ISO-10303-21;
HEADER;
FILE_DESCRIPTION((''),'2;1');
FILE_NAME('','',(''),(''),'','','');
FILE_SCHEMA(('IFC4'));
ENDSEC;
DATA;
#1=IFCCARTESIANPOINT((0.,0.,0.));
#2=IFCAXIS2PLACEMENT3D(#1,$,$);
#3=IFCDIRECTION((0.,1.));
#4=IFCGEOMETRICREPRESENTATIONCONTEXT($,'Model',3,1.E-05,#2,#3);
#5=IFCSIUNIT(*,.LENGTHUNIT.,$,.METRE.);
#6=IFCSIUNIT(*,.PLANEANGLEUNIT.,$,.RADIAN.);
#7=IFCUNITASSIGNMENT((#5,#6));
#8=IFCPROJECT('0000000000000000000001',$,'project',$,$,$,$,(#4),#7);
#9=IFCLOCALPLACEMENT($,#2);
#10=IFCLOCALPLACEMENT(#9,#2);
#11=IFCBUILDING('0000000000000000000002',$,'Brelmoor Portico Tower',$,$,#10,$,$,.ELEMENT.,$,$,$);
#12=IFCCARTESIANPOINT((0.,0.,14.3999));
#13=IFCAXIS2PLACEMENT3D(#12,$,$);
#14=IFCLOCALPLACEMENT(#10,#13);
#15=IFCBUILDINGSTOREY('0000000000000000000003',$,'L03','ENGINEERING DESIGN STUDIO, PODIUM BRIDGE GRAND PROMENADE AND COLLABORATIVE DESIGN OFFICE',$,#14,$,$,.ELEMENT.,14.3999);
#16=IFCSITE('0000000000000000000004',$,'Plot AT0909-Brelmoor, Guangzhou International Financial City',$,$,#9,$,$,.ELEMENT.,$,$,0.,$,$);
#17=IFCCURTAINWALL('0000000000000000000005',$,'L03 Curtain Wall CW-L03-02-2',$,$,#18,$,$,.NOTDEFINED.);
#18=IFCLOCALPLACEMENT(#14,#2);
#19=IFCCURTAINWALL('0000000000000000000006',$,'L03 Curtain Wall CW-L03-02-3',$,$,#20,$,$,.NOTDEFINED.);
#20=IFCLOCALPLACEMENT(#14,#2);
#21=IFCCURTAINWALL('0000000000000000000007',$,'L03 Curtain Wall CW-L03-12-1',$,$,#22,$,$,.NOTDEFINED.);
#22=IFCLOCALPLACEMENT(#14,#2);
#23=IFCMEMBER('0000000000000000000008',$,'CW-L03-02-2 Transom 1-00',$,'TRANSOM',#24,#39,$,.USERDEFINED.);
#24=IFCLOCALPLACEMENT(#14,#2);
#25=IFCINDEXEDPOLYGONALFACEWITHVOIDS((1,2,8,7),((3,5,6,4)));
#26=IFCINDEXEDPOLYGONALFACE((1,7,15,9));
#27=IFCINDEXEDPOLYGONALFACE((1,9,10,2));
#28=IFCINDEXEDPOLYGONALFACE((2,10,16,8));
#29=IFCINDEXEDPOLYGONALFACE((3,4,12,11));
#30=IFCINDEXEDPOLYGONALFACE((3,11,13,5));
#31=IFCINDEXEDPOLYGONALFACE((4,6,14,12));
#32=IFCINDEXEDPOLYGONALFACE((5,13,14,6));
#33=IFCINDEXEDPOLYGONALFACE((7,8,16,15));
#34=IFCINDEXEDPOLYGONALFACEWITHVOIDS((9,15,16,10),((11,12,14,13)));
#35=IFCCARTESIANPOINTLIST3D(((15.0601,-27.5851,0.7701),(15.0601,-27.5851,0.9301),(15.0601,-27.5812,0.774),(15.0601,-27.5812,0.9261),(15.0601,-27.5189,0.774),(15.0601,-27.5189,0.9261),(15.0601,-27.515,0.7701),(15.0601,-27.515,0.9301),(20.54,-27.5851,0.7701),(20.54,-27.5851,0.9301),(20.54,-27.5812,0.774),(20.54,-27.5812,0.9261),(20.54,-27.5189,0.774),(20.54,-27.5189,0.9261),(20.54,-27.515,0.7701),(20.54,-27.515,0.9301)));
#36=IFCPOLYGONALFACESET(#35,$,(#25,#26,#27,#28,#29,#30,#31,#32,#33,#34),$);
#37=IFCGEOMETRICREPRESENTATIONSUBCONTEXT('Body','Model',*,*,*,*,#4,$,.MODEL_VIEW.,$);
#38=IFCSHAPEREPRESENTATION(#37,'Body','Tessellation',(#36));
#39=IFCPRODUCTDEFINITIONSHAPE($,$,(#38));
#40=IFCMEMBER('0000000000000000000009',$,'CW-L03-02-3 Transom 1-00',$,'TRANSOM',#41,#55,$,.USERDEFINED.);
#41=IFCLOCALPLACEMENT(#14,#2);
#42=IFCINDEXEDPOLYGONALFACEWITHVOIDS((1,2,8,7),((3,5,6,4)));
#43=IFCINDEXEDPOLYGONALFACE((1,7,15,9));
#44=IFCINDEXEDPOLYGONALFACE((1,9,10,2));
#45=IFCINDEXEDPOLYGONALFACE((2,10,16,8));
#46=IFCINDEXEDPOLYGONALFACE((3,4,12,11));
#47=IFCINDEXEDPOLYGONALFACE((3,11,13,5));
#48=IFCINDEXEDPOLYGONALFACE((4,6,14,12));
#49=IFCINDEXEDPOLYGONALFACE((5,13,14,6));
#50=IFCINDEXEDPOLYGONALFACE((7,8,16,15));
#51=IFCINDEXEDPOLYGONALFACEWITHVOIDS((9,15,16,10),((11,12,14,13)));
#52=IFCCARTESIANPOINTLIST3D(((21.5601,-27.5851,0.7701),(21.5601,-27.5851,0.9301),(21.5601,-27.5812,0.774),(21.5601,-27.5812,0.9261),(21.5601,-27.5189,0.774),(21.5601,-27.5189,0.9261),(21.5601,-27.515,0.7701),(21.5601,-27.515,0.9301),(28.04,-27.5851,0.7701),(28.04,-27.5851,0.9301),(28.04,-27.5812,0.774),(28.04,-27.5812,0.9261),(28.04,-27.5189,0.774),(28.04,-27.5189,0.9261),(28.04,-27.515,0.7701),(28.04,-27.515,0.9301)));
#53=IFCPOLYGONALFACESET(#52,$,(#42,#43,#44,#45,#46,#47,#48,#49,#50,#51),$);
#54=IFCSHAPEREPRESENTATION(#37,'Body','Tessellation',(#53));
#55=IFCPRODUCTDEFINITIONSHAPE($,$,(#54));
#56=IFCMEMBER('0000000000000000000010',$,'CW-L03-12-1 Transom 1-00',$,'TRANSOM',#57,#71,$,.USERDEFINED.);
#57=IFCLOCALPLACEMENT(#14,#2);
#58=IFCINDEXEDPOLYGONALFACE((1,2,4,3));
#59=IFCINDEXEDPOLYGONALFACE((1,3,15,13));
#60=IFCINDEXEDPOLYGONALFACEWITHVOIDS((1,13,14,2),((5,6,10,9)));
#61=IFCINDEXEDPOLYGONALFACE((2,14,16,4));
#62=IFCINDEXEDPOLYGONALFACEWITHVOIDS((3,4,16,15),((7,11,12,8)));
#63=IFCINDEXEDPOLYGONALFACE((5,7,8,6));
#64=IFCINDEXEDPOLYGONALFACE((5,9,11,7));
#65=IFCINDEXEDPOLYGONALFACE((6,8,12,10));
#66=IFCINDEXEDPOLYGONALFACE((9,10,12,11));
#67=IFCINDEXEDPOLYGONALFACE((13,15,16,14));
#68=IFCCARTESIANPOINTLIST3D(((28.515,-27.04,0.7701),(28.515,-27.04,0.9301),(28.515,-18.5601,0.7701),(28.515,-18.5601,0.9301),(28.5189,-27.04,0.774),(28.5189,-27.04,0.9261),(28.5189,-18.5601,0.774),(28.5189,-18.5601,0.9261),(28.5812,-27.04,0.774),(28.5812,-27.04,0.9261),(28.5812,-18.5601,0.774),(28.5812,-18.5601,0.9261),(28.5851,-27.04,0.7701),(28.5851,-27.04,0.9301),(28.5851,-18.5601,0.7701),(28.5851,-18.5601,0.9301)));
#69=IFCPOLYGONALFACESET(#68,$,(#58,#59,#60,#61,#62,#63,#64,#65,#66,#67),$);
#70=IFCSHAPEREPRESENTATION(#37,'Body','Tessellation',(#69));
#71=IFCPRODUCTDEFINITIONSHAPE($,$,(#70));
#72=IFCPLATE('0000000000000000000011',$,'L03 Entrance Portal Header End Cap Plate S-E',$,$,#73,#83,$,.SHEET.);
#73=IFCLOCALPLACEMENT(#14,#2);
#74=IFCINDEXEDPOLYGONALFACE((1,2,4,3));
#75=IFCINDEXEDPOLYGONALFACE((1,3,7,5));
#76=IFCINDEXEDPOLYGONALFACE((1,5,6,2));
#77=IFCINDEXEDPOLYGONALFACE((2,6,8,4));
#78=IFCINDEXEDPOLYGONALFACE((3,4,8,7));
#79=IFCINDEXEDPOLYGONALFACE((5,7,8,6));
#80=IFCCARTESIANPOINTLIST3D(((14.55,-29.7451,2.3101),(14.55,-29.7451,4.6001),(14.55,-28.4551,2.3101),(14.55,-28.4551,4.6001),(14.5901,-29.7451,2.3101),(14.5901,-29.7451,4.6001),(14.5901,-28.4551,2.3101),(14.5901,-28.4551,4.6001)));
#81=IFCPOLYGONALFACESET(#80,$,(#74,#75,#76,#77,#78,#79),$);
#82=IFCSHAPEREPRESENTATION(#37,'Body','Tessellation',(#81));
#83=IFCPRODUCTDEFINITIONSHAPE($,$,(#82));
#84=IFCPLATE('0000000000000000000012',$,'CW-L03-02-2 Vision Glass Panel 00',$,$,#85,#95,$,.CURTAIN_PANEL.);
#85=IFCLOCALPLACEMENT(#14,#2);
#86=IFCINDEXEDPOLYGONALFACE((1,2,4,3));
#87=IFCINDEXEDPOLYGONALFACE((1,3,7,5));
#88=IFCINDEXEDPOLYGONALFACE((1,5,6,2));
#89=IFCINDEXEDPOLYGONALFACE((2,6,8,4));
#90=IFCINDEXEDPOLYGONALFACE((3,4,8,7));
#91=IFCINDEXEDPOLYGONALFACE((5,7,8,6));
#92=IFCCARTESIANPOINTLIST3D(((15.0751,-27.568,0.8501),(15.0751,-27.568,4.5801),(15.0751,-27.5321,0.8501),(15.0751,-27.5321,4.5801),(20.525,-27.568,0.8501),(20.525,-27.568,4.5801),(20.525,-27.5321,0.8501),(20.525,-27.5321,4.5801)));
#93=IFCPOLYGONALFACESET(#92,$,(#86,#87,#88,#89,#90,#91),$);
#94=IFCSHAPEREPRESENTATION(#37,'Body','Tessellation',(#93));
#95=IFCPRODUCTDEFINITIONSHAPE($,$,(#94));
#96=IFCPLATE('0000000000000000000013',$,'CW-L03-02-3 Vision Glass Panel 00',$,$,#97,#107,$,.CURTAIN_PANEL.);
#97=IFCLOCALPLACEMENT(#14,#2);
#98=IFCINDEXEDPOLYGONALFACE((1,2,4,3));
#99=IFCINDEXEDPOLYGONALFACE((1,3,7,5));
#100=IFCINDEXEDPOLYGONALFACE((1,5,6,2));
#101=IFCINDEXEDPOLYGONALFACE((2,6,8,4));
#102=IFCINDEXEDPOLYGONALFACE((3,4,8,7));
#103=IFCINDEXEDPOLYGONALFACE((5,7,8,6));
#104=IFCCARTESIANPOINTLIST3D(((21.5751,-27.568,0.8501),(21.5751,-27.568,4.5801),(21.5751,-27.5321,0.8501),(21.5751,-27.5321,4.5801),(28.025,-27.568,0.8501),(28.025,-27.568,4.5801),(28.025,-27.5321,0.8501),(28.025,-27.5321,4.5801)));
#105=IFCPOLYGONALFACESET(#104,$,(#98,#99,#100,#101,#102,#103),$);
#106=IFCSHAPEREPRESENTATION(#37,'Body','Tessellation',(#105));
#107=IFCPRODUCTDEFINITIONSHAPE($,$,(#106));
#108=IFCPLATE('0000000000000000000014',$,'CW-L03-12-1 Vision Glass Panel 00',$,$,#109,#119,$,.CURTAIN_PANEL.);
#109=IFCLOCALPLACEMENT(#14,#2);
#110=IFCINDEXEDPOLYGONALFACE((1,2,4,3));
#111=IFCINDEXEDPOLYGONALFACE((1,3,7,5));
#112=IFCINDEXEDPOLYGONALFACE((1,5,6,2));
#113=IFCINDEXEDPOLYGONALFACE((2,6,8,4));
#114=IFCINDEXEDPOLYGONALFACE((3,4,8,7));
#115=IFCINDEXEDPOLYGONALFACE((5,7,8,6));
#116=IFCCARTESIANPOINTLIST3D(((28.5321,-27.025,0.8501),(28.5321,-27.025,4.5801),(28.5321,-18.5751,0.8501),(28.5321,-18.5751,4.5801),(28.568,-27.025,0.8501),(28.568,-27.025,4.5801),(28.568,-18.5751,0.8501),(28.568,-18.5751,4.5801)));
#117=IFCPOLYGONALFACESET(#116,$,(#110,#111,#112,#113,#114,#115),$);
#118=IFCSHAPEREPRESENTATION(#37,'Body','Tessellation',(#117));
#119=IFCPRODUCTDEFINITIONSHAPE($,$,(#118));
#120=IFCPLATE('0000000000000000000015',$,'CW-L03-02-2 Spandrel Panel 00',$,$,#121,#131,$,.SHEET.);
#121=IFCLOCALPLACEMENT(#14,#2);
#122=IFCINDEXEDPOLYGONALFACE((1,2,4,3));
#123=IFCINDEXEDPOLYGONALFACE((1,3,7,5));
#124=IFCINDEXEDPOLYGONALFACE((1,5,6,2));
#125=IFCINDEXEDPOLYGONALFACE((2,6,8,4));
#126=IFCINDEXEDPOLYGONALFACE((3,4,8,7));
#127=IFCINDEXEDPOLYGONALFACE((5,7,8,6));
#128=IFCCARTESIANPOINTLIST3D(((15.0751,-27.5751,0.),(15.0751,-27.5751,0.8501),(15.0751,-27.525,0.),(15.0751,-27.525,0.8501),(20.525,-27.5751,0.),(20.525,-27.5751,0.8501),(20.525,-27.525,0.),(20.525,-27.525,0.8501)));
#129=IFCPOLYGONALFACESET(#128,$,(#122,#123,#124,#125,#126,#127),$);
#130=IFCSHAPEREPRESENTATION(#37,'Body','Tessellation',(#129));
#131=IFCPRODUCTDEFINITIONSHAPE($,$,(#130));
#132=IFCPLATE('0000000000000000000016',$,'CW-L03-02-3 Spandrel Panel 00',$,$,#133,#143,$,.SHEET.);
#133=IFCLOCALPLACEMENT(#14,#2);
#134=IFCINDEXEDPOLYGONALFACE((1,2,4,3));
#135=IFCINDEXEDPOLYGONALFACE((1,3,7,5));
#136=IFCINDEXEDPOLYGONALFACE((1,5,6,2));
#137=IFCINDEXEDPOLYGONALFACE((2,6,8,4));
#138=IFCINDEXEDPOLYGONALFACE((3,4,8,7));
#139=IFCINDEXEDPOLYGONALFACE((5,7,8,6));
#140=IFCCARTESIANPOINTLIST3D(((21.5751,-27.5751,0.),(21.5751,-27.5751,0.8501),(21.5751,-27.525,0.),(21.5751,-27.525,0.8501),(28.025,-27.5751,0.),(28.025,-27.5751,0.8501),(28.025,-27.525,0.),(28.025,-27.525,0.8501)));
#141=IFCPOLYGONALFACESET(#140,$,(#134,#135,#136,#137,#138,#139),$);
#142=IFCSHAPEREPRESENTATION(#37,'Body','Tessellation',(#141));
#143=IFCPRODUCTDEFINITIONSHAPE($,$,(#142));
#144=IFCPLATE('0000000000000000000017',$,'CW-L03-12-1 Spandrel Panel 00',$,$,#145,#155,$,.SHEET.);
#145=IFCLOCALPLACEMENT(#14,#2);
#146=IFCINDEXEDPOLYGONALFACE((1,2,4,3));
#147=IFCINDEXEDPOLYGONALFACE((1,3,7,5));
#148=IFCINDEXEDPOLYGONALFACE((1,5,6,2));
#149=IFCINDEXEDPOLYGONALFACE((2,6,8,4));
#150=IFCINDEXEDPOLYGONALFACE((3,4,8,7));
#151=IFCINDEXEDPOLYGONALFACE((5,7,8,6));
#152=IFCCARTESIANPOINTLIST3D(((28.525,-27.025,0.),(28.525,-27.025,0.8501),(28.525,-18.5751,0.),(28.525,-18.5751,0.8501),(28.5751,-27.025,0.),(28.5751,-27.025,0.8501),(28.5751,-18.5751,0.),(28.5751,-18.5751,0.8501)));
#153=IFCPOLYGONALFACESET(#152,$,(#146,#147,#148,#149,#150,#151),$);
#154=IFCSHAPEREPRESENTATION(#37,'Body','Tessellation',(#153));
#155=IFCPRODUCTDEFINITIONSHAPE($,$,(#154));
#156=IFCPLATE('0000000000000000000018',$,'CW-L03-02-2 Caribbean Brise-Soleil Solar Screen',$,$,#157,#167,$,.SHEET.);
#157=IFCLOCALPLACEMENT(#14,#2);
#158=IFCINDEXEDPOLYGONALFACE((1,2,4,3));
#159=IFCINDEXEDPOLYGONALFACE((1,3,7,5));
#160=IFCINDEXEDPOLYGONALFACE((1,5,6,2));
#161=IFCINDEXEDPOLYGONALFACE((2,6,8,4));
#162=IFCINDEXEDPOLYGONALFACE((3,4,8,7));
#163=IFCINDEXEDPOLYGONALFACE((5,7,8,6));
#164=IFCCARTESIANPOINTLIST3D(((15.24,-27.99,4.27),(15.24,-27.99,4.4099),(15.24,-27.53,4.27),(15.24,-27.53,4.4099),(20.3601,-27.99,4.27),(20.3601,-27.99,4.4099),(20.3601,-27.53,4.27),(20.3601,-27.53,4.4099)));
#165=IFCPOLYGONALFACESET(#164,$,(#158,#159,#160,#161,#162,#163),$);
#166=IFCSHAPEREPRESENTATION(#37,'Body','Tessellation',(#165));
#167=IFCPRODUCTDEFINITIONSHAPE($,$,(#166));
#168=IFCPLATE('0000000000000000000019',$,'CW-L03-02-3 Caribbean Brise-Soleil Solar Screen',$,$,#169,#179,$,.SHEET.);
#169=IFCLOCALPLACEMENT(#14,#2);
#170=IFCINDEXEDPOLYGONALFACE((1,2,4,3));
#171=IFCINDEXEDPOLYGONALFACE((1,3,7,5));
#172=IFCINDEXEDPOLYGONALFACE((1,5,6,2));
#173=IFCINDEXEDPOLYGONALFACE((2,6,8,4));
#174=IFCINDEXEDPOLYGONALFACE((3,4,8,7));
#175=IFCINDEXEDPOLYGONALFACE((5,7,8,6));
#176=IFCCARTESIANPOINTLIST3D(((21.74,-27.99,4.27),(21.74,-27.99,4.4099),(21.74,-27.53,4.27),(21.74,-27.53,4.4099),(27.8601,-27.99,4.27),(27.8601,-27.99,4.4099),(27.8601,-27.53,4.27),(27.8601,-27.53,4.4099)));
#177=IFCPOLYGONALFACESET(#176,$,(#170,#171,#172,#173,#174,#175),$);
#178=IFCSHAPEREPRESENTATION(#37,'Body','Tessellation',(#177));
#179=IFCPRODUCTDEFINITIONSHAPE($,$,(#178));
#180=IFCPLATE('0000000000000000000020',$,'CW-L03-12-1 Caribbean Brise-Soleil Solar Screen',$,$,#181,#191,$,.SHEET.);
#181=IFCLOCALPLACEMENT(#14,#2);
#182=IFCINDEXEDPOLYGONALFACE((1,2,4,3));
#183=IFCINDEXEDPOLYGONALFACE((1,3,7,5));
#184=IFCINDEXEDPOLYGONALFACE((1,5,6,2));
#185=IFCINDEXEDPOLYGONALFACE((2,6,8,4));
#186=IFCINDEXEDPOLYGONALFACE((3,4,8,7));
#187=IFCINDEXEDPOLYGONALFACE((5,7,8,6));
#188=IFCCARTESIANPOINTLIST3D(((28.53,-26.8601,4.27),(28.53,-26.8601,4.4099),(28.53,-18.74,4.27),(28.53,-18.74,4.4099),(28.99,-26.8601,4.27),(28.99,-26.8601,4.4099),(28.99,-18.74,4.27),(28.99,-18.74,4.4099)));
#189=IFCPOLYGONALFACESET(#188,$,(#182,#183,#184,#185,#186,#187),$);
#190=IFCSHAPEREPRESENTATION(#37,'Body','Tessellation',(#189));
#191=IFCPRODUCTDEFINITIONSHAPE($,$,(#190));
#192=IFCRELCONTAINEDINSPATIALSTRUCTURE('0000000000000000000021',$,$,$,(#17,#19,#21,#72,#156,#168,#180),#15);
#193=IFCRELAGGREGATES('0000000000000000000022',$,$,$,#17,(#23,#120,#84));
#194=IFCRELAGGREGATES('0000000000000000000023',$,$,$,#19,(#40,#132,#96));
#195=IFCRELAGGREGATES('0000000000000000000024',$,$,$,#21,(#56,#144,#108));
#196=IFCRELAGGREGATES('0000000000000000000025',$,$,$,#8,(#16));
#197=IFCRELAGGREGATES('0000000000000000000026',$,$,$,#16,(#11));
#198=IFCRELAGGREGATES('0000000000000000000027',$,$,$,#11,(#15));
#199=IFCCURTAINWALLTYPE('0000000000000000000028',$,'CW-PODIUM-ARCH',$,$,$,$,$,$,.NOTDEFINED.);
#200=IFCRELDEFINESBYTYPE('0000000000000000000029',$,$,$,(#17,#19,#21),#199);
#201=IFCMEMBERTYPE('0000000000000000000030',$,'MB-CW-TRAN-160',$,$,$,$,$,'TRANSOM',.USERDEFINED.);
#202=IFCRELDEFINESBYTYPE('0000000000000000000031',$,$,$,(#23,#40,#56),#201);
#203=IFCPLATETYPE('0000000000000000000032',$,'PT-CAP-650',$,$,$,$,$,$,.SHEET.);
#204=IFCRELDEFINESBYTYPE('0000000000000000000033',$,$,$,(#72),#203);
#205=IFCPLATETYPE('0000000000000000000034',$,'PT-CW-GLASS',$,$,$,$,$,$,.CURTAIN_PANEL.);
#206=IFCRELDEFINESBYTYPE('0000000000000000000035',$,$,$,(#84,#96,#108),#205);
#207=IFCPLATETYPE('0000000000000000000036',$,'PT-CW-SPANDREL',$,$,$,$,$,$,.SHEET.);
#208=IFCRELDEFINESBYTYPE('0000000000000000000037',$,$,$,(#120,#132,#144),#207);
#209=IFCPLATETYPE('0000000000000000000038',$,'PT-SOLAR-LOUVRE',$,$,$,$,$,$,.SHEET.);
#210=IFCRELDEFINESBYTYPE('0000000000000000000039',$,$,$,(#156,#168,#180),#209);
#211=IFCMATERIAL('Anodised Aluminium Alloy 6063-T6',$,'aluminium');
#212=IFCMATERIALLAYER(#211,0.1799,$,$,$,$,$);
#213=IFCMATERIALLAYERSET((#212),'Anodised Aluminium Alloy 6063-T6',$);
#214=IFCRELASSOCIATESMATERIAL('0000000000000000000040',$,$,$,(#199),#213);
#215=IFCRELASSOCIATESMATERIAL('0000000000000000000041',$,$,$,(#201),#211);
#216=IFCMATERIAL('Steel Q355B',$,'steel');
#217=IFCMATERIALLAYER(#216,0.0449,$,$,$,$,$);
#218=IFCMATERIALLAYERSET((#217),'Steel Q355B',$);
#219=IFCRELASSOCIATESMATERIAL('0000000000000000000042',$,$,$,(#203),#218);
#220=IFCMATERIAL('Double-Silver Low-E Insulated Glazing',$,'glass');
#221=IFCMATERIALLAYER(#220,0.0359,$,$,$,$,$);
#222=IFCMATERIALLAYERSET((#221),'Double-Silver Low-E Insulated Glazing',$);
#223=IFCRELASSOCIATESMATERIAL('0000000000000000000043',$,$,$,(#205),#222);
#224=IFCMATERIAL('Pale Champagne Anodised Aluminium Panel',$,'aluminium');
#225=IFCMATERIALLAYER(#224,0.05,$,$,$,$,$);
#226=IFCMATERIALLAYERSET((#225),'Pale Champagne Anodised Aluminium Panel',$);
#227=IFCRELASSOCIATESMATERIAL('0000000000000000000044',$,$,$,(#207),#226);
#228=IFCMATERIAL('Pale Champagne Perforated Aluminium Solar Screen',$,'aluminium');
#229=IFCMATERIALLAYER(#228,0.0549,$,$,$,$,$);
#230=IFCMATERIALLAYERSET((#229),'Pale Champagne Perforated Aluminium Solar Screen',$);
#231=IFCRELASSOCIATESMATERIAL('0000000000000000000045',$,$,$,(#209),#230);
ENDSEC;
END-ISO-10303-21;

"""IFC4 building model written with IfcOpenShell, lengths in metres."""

from ifc_helpers import new_model, si_unit, direction, frame, origin, origin_2d, place, context, subcontext, project, spatial, rectangle, hollow_rectangle, extrude, material, layer, layer_set, material_profile, profile_set, type_object, element, aggregate, save


model = new_model("IFC4")

# Units and contexts
model_context = context("Model", 3, precision=1e-05, world=origin(), true_north=direction((0.0, 1.0)))
body_context = subcontext(model_context, "Body", "Model", "MODEL_VIEW")
ifc_project = project(units=[si_unit("LENGTHUNIT", "METRE"), si_unit("PLANEANGLEUNIT", "RADIAN")], contexts=[model_context])

# Site, building, storey
site_placement = place(None, origin())
site = spatial("IfcSite", under=ifc_project, at=site_placement, Name="Plot AT0909-Brelmoor, Guangzhou International Financial City", CompositionType="ELEMENT", RefElevation=0.0)
building_placement = place(site_placement, origin())
building = spatial("IfcBuilding", under=site, at=building_placement, Name="Brelmoor Portico Tower", CompositionType="ELEMENT")
storey_placement = place(building_placement, frame((0.0, 0.0, 14.3999)))
storey = spatial("IfcBuildingStorey", under=building, at=storey_placement, Name="L03", Description="ENGINEERING DESIGN STUDIO, PODIUM BRIDGE GRAND PROMENADE AND COLLABORATIVE DESIGN OFFICE", CompositionType="ELEMENT", Elevation=14.3999)

# Shared definitions
ifc_material_1 = material(Name="Steel Q355B", Category="steel")

# Curtain walls
ifc_material_2 = material(Name="Anodised Aluminium Alloy 6063-T6", Category="aluminium")
ifc_layer_1 = layer(ifc_material_2, 0.1799)
ifc_layer_set_1 = layer_set([ifc_layer_1], Name="Anodised Aluminium Alloy 6063-T6")
curtain_wall_type = type_object("IfcCurtainWallType", Name="CW-PODIUM-ARCH", PredefinedType="NOTDEFINED", material=ifc_layer_set_1)
curtain_wall_1_placement = place(storey_placement, origin())
curtain_wall_1 = element("IfcCurtainWall", 1, at=curtain_wall_1_placement, inside=storey, type_object=curtain_wall_type, Name="L03 Curtain Wall CW-L03-02-2", PredefinedType="NOTDEFINED")
curtain_wall_2_placement = place(storey_placement, origin())
curtain_wall_2 = element("IfcCurtainWall", 2, at=curtain_wall_2_placement, inside=storey, type_object=curtain_wall_type, Name="L03 Curtain Wall CW-L03-02-3", PredefinedType="NOTDEFINED")
curtain_wall_3_placement = place(storey_placement, origin())
curtain_wall_3 = element("IfcCurtainWall", 3, at=curtain_wall_3_placement, inside=storey, type_object=curtain_wall_type, Name="L03 Curtain Wall CW-L03-12-1", PredefinedType="NOTDEFINED")

# Members
ifc_material_profile_1 = material_profile(ifc_material_2, hollow_rectangle(XDim=0.0701, YDim=0.1599, WallThickness=0.0039, at=origin_2d()), Name="ALU TRANSOM 70x160")
ifc_profile_set_1 = profile_set([ifc_material_profile_1], Name="Anodised Aluminium Alloy 6063-T6")
member_type_1 = type_object("IfcMemberType", Name="MB-CW-TRAN-160", ElementType="TRANSOM", PredefinedType="USERDEFINED", material=ifc_profile_set_1)
member_1_placement = place(storey_placement, frame((15.0601, -27.55, 0.8501), z_axis=(1.0, 0.0, 0.0), x_axis=(0.0, 1.0, 0.0)))
member_1 = element("IfcMember", 4, at=member_1_placement, type_object=member_type_1, Name="CW-L03-02-2 Transom 1-00", ObjectType="TRANSOM", PredefinedType="USERDEFINED", context=body_context, shape_type="SweptSolid", body=[
    extrude(hollow_rectangle(XDim=0.0701, YDim=0.1599, WallThickness=0.0039, at=origin_2d()), origin(), (0.0, 0.0, 1.0), 5.48),
])
member_2_placement = place(storey_placement, frame((21.5601, -27.55, 0.8501), z_axis=(1.0, 0.0, 0.0), x_axis=(0.0, 1.0, 0.0)))
member_2 = element("IfcMember", 5, at=member_2_placement, type_object=member_type_1, Name="CW-L03-02-3 Transom 1-00", ObjectType="TRANSOM", PredefinedType="USERDEFINED", context=body_context, shape_type="SweptSolid", body=[
    extrude(hollow_rectangle(XDim=0.0701, YDim=0.1599, WallThickness=0.0039, at=origin_2d()), origin(), (0.0, 0.0, 1.0), 6.48),
])
member_3_placement = place(storey_placement, frame((28.55, -27.04, 0.8501), z_axis=(0.0, 1.0, 0.0), x_axis=(-1.0, 0.0, 0.0)))
member_3 = element("IfcMember", 6, at=member_3_placement, type_object=member_type_1, Name="CW-L03-12-1 Transom 1-00", ObjectType="TRANSOM", PredefinedType="USERDEFINED", context=body_context, shape_type="SweptSolid", body=[
    extrude(hollow_rectangle(XDim=0.0701, YDim=0.1599, WallThickness=0.0039, at=origin_2d()), origin(), (0.0, 0.0, 1.0), 8.48),
])

# Plates
ifc_layer_2 = layer(ifc_material_1, 0.0449)
ifc_layer_set_2 = layer_set([ifc_layer_2], Name="Steel Q355B")
plate_type_1 = type_object("IfcPlateType", Name="PT-CAP-650", PredefinedType="SHEET", material=ifc_layer_set_2)
plate_1_placement = place(storey_placement, frame((14.5701, -29.1001, 2.3101), z_axis=(0.0, 0.0, 1.0), x_axis=(1.0, 0.0, 0.0)))
element("IfcPlate", 7, at=plate_1_placement, inside=storey, type_object=plate_type_1, Name="L03 Entrance Portal Header End Cap Plate S-E", PredefinedType="SHEET", context=body_context, shape_type="SweptSolid", body=[
    extrude(rectangle(XDim=0.04, YDim=1.29, at=origin_2d()), origin(), (0.0, 0.0, 1.0), 2.29),
])
ifc_material_3 = material(Name="Double-Silver Low-E Insulated Glazing", Category="glass")
ifc_layer_3 = layer(ifc_material_3, 0.0359)
ifc_layer_set_3 = layer_set([ifc_layer_3], Name="Double-Silver Low-E Insulated Glazing")
plate_type_2 = type_object("IfcPlateType", Name="PT-CW-GLASS", PredefinedType="CURTAIN_PANEL", material=ifc_layer_set_3)
plate_2_placement = place(storey_placement, frame((17.8, -27.55, 0.8501), z_axis=(0.0, 0.0, 1.0), x_axis=(1.0, 0.0, 0.0)))
plate_2 = element("IfcPlate", 8, at=plate_2_placement, type_object=plate_type_2, Name="CW-L03-02-2 Vision Glass Panel 00", PredefinedType="CURTAIN_PANEL", context=body_context, shape_type="SweptSolid", body=[
    extrude(rectangle(XDim=5.45, YDim=0.0359, at=origin_2d()), origin(), (0.0, 0.0, 1.0), 3.73),
])
plate_3_placement = place(storey_placement, frame((24.8, -27.55, 0.8501), z_axis=(0.0, 0.0, 1.0), x_axis=(1.0, 0.0, 0.0)))
plate_3 = element("IfcPlate", 9, at=plate_3_placement, type_object=plate_type_2, Name="CW-L03-02-3 Vision Glass Panel 00", PredefinedType="CURTAIN_PANEL", context=body_context, shape_type="SweptSolid", body=[
    extrude(rectangle(XDim=6.45, YDim=0.0359, at=origin_2d()), origin(), (0.0, 0.0, 1.0), 3.73),
])
plate_4_placement = place(storey_placement, frame((28.55, -22.8, 0.8501), z_axis=(0.0, 0.0, 1.0), x_axis=(0.0, 1.0, 0.0)))
plate_4 = element("IfcPlate", 10, at=plate_4_placement, type_object=plate_type_2, Name="CW-L03-12-1 Vision Glass Panel 00", PredefinedType="CURTAIN_PANEL", context=body_context, shape_type="SweptSolid", body=[
    extrude(rectangle(XDim=8.45, YDim=0.0359, at=origin_2d()), origin(), (0.0, 0.0, 1.0), 3.73),
])
ifc_material_4 = material(Name="Pale Champagne Anodised Aluminium Panel", Category="aluminium")
ifc_layer_4 = layer(ifc_material_4, 0.05)
ifc_layer_set_4 = layer_set([ifc_layer_4], Name="Pale Champagne Anodised Aluminium Panel")
plate_type_3 = type_object("IfcPlateType", Name="PT-CW-SPANDREL", PredefinedType="SHEET", material=ifc_layer_set_4)
plate_5_placement = place(storey_placement, frame((17.8, -27.55, 0.0), z_axis=(0.0, 0.0, 1.0), x_axis=(1.0, 0.0, 0.0)))
plate_5 = element("IfcPlate", 11, at=plate_5_placement, type_object=plate_type_3, Name="CW-L03-02-2 Spandrel Panel 00", PredefinedType="SHEET", context=body_context, shape_type="SweptSolid", body=[
    extrude(rectangle(XDim=5.45, YDim=0.05, at=origin_2d()), origin(), (0.0, 0.0, 1.0), 0.8501),
])
aggregate(curtain_wall_1, [member_1, plate_5, plate_2])
plate_6_placement = place(storey_placement, frame((24.8, -27.55, 0.0), z_axis=(0.0, 0.0, 1.0), x_axis=(1.0, 0.0, 0.0)))
plate_6 = element("IfcPlate", 12, at=plate_6_placement, type_object=plate_type_3, Name="CW-L03-02-3 Spandrel Panel 00", PredefinedType="SHEET", context=body_context, shape_type="SweptSolid", body=[
    extrude(rectangle(XDim=6.45, YDim=0.05, at=origin_2d()), origin(), (0.0, 0.0, 1.0), 0.8501),
])
aggregate(curtain_wall_2, [member_2, plate_6, plate_3])
plate_7_placement = place(storey_placement, frame((28.55, -22.8, 0.0), z_axis=(0.0, 0.0, 1.0), x_axis=(0.0, 1.0, 0.0)))
plate_7 = element("IfcPlate", 13, at=plate_7_placement, type_object=plate_type_3, Name="CW-L03-12-1 Spandrel Panel 00", PredefinedType="SHEET", context=body_context, shape_type="SweptSolid", body=[
    extrude(rectangle(XDim=8.45, YDim=0.05, at=origin_2d()), origin(), (0.0, 0.0, 1.0), 0.8501),
])
aggregate(curtain_wall_3, [member_3, plate_7, plate_4])

# Plates
ifc_material_5 = material(Name="Pale Champagne Perforated Aluminium Solar Screen", Category="aluminium")
ifc_layer_5 = layer(ifc_material_5, 0.0549)
ifc_layer_set_5 = layer_set([ifc_layer_5], Name="Pale Champagne Perforated Aluminium Solar Screen")
plate_type_4 = type_object("IfcPlateType", Name="PT-SOLAR-LOUVRE", PredefinedType="SHEET", material=ifc_layer_set_5)
plate_8_placement = place(storey_placement, frame((17.8, -27.76, 4.27), z_axis=(0.0, 0.0, 1.0), x_axis=(1.0, 0.0, 0.0)))
element("IfcPlate", 14, at=plate_8_placement, inside=storey, type_object=plate_type_4, Name="CW-L03-02-2 Caribbean Brise-Soleil Solar Screen", PredefinedType="SHEET", context=body_context, shape_type="SweptSolid", body=[
    extrude(rectangle(XDim=5.1201, YDim=0.46, at=origin_2d()), origin(), (0.0, 0.0, 1.0), 0.1399),
])
plate_9_placement = place(storey_placement, frame((24.8, -27.76, 4.27), z_axis=(0.0, 0.0, 1.0), x_axis=(1.0, 0.0, 0.0)))
element("IfcPlate", 15, at=plate_9_placement, inside=storey, type_object=plate_type_4, Name="CW-L03-02-3 Caribbean Brise-Soleil Solar Screen", PredefinedType="SHEET", context=body_context, shape_type="SweptSolid", body=[
    extrude(rectangle(XDim=6.1201, YDim=0.46, at=origin_2d()), origin(), (0.0, 0.0, 1.0), 0.1399),
])
plate_10_placement = place(storey_placement, frame((28.76, -22.8, 4.27), z_axis=(0.0, 0.0, 1.0), x_axis=(0.0, 1.0, 0.0)))
element("IfcPlate", 16, at=plate_10_placement, inside=storey, type_object=plate_type_4, Name="CW-L03-12-1 Caribbean Brise-Soleil Solar Screen", PredefinedType="SHEET", context=body_context, shape_type="SweptSolid", body=[
    extrude(rectangle(XDim=8.1201, YDim=0.46, at=origin_2d()), origin(), (0.0, 0.0, 1.0), 0.1399),
])

save(model, "model.ifc")
